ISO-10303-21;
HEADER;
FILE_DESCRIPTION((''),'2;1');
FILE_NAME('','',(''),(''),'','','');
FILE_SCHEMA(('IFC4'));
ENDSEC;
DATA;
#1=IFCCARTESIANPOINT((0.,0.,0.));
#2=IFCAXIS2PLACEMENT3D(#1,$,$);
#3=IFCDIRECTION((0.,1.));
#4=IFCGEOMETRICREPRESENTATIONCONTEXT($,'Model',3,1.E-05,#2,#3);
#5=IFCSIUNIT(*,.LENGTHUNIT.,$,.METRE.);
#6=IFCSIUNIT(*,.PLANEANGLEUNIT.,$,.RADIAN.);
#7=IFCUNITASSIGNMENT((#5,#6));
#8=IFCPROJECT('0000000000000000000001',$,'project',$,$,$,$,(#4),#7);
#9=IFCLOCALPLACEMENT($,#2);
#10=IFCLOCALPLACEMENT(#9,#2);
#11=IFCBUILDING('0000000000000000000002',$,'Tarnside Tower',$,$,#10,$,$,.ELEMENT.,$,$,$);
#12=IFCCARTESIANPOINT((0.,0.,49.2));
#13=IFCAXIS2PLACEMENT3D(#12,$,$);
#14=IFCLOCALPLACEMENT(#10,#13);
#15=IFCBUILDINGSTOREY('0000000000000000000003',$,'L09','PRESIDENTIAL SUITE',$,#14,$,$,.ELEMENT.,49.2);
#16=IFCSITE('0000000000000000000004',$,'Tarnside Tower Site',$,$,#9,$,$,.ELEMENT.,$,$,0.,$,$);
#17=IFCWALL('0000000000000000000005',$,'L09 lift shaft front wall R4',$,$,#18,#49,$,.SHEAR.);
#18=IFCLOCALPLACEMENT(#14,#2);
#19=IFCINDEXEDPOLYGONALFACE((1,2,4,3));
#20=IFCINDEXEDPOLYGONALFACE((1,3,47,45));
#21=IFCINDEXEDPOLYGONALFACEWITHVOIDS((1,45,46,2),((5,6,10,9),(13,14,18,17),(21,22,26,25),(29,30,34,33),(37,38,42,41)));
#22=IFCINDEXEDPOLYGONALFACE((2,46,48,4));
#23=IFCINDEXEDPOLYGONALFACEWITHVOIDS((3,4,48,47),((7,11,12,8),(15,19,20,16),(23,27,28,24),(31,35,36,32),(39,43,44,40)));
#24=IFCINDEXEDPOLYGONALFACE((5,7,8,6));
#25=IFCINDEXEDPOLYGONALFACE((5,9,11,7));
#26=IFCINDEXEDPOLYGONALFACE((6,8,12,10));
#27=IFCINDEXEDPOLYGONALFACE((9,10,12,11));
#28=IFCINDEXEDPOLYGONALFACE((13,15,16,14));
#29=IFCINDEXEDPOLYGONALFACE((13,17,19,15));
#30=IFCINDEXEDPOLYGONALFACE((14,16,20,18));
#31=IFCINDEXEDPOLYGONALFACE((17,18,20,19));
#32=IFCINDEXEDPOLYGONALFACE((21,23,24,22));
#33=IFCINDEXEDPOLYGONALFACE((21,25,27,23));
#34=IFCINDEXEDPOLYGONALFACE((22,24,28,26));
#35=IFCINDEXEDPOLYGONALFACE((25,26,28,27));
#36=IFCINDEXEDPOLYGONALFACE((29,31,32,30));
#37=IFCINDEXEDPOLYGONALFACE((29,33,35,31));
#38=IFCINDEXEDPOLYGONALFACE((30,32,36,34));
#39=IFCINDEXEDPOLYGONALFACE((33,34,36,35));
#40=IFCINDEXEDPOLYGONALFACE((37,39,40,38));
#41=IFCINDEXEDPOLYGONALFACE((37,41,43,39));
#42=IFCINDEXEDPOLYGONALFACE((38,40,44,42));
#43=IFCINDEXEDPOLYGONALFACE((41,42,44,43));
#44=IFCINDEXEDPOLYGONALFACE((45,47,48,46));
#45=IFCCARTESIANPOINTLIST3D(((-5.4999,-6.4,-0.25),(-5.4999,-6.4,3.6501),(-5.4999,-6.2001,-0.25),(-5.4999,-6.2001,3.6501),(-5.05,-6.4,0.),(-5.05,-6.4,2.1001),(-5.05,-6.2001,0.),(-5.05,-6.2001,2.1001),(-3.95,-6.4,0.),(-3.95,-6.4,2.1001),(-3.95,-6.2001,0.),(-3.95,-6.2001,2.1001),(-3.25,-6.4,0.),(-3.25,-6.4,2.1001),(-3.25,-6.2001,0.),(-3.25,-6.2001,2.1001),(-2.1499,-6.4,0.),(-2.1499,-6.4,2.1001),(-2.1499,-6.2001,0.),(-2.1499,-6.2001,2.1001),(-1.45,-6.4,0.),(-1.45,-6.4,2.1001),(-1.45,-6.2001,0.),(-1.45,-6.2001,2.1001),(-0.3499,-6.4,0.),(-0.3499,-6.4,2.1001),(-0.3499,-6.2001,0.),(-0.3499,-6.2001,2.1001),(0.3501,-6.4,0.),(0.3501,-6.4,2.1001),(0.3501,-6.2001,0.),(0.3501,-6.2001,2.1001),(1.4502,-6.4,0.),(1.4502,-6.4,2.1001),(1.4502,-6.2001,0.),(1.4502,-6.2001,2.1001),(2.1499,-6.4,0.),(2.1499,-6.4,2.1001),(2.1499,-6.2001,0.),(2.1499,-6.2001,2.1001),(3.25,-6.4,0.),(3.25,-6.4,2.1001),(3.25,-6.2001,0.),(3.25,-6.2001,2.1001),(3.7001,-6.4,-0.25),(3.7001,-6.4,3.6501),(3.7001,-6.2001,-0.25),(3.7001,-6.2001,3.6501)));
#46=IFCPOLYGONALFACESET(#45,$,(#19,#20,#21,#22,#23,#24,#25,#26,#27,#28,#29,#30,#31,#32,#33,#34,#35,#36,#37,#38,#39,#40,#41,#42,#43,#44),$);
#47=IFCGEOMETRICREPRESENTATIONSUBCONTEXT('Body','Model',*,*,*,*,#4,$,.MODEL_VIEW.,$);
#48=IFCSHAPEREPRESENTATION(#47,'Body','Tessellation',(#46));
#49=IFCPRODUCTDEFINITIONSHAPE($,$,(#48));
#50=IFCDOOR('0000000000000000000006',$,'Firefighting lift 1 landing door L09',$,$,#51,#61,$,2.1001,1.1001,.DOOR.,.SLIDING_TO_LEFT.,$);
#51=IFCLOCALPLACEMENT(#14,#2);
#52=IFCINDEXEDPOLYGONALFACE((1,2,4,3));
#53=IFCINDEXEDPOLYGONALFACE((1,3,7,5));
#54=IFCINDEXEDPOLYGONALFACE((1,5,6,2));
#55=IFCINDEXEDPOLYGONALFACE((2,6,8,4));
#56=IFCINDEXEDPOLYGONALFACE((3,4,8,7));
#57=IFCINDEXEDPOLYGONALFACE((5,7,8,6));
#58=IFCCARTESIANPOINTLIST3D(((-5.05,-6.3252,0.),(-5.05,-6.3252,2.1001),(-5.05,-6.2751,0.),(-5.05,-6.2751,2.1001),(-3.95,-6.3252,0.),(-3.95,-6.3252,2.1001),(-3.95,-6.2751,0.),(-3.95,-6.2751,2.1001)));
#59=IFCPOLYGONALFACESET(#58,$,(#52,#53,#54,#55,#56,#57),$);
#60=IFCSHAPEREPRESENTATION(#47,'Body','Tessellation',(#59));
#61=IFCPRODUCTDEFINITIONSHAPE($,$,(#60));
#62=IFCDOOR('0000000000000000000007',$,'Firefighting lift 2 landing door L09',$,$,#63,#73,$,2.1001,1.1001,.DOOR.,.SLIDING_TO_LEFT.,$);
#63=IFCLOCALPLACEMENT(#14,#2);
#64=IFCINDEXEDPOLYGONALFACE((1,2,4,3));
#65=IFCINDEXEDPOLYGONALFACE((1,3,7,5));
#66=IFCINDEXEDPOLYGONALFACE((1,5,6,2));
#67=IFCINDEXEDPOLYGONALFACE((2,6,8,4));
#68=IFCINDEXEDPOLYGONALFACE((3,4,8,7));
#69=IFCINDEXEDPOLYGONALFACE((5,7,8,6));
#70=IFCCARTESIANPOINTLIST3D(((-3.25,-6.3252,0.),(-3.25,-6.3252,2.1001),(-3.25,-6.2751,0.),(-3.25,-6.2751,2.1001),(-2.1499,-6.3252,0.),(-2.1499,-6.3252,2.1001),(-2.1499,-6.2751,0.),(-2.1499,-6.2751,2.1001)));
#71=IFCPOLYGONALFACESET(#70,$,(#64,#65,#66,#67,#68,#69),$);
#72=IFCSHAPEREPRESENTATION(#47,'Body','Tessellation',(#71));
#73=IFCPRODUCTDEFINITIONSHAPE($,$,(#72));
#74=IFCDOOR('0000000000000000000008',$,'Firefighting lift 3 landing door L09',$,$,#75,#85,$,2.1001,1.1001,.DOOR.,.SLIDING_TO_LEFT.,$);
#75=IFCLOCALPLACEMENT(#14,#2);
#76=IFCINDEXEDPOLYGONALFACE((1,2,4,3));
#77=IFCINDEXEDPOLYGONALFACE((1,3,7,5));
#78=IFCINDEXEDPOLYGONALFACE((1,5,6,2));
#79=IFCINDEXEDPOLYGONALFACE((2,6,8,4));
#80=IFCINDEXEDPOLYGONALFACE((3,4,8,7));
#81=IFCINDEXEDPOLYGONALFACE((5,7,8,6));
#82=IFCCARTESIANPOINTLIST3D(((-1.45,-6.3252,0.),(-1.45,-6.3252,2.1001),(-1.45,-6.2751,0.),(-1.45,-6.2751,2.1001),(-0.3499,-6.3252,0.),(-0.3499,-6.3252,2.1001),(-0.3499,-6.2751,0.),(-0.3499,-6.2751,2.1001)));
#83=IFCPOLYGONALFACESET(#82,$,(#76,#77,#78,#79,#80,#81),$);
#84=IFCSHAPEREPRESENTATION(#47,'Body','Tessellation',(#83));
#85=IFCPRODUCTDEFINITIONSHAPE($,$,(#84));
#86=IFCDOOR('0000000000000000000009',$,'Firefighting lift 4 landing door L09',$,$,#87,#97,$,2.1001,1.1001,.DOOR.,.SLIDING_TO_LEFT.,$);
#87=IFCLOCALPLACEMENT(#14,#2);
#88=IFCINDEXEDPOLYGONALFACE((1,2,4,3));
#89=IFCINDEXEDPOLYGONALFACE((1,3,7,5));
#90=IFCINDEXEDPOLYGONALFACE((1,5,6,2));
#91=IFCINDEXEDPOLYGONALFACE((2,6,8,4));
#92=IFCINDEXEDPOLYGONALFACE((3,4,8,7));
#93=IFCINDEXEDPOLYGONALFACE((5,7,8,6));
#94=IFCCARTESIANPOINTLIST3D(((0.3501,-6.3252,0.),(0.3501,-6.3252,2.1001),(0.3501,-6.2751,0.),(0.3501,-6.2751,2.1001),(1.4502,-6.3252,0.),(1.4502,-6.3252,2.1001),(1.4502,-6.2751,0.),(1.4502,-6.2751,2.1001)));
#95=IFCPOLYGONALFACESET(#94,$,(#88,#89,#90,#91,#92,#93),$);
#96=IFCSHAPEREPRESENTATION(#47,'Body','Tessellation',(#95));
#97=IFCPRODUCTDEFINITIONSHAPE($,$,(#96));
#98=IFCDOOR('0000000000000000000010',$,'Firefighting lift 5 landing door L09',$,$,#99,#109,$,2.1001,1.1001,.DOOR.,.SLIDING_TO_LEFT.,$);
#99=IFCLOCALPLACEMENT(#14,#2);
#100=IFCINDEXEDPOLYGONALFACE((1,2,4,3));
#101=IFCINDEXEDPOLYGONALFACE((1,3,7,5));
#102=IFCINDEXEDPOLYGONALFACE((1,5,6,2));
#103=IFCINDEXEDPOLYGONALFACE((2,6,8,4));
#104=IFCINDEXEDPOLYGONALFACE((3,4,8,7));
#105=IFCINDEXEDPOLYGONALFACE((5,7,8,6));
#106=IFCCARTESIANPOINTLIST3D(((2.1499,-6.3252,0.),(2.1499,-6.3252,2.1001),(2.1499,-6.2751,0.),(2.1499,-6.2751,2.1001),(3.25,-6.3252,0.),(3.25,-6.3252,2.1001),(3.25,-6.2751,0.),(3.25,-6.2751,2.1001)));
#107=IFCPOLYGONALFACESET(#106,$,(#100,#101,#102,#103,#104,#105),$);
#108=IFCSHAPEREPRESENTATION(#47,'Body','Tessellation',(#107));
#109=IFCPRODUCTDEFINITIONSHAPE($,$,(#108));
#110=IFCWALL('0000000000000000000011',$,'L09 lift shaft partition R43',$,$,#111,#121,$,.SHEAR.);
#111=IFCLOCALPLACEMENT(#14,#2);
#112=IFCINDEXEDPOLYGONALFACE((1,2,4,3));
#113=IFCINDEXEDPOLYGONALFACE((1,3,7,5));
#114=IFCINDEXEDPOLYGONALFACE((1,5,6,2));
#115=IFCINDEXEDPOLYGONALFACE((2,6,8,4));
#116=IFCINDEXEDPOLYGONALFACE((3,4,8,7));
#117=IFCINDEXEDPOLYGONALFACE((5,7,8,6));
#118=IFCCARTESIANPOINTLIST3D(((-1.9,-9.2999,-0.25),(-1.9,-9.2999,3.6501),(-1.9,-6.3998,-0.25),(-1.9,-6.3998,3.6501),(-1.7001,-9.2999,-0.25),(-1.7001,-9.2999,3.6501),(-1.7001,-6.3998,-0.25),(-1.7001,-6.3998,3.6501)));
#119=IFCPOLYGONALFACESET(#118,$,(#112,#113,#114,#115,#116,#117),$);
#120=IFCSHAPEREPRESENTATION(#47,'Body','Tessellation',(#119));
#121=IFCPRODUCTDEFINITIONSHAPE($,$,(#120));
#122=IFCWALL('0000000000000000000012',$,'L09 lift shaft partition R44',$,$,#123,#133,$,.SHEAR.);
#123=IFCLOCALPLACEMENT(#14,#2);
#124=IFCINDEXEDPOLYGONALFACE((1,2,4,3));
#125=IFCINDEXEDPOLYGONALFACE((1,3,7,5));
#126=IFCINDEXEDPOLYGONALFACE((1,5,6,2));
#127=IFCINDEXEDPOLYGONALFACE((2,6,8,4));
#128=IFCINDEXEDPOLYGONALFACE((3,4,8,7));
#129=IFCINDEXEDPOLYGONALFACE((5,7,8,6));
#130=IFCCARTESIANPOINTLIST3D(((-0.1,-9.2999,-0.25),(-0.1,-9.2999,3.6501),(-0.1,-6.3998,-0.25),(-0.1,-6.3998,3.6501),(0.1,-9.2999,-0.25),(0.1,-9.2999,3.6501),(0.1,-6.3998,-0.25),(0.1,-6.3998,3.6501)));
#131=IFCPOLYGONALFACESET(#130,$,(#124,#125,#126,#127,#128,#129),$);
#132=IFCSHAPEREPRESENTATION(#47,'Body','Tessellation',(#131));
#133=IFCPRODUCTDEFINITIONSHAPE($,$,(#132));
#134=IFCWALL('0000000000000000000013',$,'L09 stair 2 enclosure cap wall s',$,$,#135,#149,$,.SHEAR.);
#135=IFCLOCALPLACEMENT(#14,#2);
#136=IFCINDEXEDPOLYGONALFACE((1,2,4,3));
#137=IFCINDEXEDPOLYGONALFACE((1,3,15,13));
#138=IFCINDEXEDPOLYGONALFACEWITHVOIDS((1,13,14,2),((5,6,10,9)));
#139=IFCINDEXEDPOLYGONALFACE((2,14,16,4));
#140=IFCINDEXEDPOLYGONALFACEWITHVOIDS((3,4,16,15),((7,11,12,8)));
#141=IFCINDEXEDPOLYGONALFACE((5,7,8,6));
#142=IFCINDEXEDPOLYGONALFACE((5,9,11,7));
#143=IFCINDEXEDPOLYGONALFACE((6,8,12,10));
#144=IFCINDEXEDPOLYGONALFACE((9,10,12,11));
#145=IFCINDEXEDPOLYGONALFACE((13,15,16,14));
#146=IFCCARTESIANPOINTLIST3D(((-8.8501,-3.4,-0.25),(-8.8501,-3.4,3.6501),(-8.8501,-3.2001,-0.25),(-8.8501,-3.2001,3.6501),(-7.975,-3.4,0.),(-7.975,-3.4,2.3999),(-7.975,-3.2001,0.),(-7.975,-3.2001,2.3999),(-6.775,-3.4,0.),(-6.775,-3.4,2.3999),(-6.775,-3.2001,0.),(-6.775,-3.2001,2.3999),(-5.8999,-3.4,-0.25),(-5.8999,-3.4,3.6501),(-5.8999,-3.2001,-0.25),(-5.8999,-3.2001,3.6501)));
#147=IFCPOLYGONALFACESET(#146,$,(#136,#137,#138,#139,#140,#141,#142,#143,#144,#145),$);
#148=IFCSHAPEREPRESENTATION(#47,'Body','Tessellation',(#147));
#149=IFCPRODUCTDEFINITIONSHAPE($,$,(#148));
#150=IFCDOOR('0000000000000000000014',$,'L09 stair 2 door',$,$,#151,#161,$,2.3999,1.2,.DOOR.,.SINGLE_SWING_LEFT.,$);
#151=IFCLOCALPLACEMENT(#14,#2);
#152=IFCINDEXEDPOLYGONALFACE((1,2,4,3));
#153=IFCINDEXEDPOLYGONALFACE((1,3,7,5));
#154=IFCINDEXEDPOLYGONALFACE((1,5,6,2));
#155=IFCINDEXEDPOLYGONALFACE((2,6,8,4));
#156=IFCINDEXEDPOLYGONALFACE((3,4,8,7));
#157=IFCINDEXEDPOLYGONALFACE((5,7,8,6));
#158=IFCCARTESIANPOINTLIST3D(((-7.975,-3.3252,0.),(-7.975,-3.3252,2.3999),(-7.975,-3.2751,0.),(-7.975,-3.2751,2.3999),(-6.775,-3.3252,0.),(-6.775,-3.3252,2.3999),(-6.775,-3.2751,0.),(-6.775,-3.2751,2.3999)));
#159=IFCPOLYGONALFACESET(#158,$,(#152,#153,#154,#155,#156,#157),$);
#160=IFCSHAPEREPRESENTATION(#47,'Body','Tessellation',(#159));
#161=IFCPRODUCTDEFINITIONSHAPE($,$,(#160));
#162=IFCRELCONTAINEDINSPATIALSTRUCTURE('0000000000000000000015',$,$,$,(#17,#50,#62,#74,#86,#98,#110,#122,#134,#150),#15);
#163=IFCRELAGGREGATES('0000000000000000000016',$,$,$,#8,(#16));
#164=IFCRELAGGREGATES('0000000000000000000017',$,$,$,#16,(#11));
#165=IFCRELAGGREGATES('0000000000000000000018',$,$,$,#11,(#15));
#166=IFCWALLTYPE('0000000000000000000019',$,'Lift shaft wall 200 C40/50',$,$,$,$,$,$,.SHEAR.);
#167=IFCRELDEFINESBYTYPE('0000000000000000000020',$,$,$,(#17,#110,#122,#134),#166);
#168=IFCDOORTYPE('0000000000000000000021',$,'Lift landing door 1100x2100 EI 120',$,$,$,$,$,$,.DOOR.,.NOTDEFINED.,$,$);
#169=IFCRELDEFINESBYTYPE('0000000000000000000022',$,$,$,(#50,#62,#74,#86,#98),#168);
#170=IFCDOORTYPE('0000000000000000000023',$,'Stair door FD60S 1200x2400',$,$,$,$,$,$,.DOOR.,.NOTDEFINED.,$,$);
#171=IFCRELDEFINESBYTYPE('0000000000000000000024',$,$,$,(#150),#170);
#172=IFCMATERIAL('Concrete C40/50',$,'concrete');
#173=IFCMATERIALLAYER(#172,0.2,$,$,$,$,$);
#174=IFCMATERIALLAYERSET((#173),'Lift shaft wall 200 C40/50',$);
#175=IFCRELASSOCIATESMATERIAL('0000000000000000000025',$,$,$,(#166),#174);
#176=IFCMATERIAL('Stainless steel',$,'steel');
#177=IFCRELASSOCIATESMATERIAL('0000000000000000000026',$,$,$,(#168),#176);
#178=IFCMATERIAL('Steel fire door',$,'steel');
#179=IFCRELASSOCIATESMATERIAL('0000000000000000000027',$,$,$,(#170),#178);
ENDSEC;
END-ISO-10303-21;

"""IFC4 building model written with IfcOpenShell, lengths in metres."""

from ifc_helpers import new_model, si_unit, direction, frame, frame_2d, origin, place, context, subcontext, project, spatial, rectangle, extrude, material, layer, layer_set, type_object, element, fill, save


model = new_model("IFC4")

# Units and contexts
model_context = context("Model", 3, precision=1e-05, world=origin(), true_north=direction((0.0, 1.0)))
body_context = subcontext(model_context, "Body", "Model", "MODEL_VIEW")
ifc_project = project(units=[si_unit("LENGTHUNIT", "METRE"), si_unit("PLANEANGLEUNIT", "RADIAN")], contexts=[model_context])

# Site, building, storey
site_placement = place(None, origin())
site = spatial("IfcSite", under=ifc_project, at=site_placement, Name="Tarnside Tower Site", CompositionType="ELEMENT", RefElevation=0.0)
building_placement = place(site_placement, origin())
building = spatial("IfcBuilding", under=site, at=building_placement, Name="Tarnside Tower", CompositionType="ELEMENT")
storey_placement = place(building_placement, frame((0.0, 0.0, 49.2)))
storey = spatial("IfcBuildingStorey", under=building, at=storey_placement, Name="L09", Description="PRESIDENTIAL SUITE", CompositionType="ELEMENT", Elevation=49.2)

# Shared definitions
ifc_material_1 = material(Name="Concrete C40/50", Category="concrete")

# Shared definitions
ifc_material_2 = material(Name="Steel fire door", Category="steel")

# Wall, openings, doors
ifc_layer_1 = layer(ifc_material_1, 0.2)
ifc_layer_set_1 = layer_set([ifc_layer_1], Name="Lift shaft wall 200 C40/50")
wall_type_1 = type_object("IfcWallType", Name="Lift shaft wall 200 C40/50", PredefinedType="SHEAR", material=ifc_layer_set_1)
wall_1_placement = place(storey_placement, frame((-5.5, -6.3, -0.25), z_axis=(0.0, 0.0, 1.0), x_axis=(1.0, 0.0, 0.0)))
wall_1 = element("IfcWall", 1, at=wall_1_placement, inside=storey, type_object=wall_type_1, Name="L09 lift shaft front wall R4", PredefinedType="SHEAR", context=body_context, shape_type="SweptSolid", body=[
    extrude(rectangle(XDim=9.2, YDim=0.2, at=frame_2d((4.6001, 0.0))), origin(), (0.0, 0.0, 1.0), 3.9001),
])
opening_1_placement = place(wall_1_placement, frame((0.45, 0.0, 0.25)))
opening_1 = element("IfcOpeningElement", 2, at=opening_1_placement, cuts=wall_1, PredefinedType="OPENING", context=body_context, shape_type="SweptSolid", body=[
    extrude(rectangle(XDim=1.1001, YDim=2.1001, at=frame_2d((0.55, 1.05))), frame((0.0, 0.1099, 0.0), z_axis=(0.0, -1.0, 0.0), x_axis=(1.0, 0.0, 0.0)), (0.0, 0.0, 1.0), 0.22),
])
opening_2_placement = place(wall_1_placement, frame((2.25, 0.0, 0.25)))
opening_2 = element("IfcOpeningElement", 3, at=opening_2_placement, cuts=wall_1, PredefinedType="OPENING", context=body_context, shape_type="SweptSolid", body=[
    extrude(rectangle(XDim=1.1001, YDim=2.1001, at=frame_2d((0.55, 1.05))), frame((0.0, 0.1099, 0.0), z_axis=(0.0, -1.0, 0.0), x_axis=(1.0, 0.0, 0.0)), (0.0, 0.0, 1.0), 0.22),
])
opening_3_placement = place(wall_1_placement, frame((4.05, 0.0, 0.25)))
opening_3 = element("IfcOpeningElement", 4, at=opening_3_placement, cuts=wall_1, PredefinedType="OPENING", context=body_context, shape_type="SweptSolid", body=[
    extrude(rectangle(XDim=1.1001, YDim=2.1001, at=frame_2d((0.55, 1.05))), frame((0.0, 0.1099, 0.0), z_axis=(0.0, -1.0, 0.0), x_axis=(1.0, 0.0, 0.0)), (0.0, 0.0, 1.0), 0.22),
])
opening_4_placement = place(wall_1_placement, frame((5.8501, 0.0, 0.25)))
opening_4 = element("IfcOpeningElement", 5, at=opening_4_placement, cuts=wall_1, PredefinedType="OPENING", context=body_context, shape_type="SweptSolid", body=[
    extrude(rectangle(XDim=1.1001, YDim=2.1001, at=frame_2d((0.55, 1.05))), frame((0.0, 0.1099, 0.0), z_axis=(0.0, -1.0, 0.0), x_axis=(1.0, 0.0, 0.0)), (0.0, 0.0, 1.0), 0.22),
])
opening_5_placement = place(wall_1_placement, frame((7.6499, 0.0, 0.25)))
opening_5 = element("IfcOpeningElement", 6, at=opening_5_placement, cuts=wall_1, PredefinedType="OPENING", context=body_context, shape_type="SweptSolid", body=[
    extrude(rectangle(XDim=1.1001, YDim=2.1001, at=frame_2d((0.55, 1.05))), frame((0.0, 0.1099, 0.0), z_axis=(0.0, -1.0, 0.0), x_axis=(1.0, 0.0, 0.0)), (0.0, 0.0, 1.0), 0.22),
])
ifc_material_3 = material(Name="Stainless steel", Category="steel")
door_type_1 = type_object("IfcDoorType", Name="Lift landing door 1100x2100 EI 120", OperationType="NOTDEFINED", PredefinedType="DOOR", material=ifc_material_3)
door_1_placement = place(opening_1_placement, origin())
door_1 = element("IfcDoor", 7, at=door_1_placement, inside=storey, type_object=door_type_1, Name="Firefighting lift 1 landing door L09", OperationType="SLIDING_TO_LEFT", OverallHeight=2.1001, OverallWidth=1.1001, PredefinedType="DOOR", context=body_context, shape_type="SweptSolid", body=[
    extrude(rectangle(XDim=1.1001, YDim=2.1001, at=frame_2d((0.55, 1.05))), frame((0.0, 0.0249, 0.0), z_axis=(0.0, -1.0, 0.0), x_axis=(1.0, 0.0, 0.0)), (0.0, 0.0, 1.0), 0.05),
])
fill(opening_1, door_1)
door_2_placement = place(opening_2_placement, origin())
door_2 = element("IfcDoor", 8, at=door_2_placement, inside=storey, type_object=door_type_1, Name="Firefighting lift 2 landing door L09", OperationType="SLIDING_TO_LEFT", OverallHeight=2.1001, OverallWidth=1.1001, PredefinedType="DOOR", context=body_context, shape_type="SweptSolid", body=[
    extrude(rectangle(XDim=1.1001, YDim=2.1001, at=frame_2d((0.55, 1.05))), frame((0.0, 0.0249, 0.0), z_axis=(0.0, -1.0, 0.0), x_axis=(1.0, 0.0, 0.0)), (0.0, 0.0, 1.0), 0.05),
])
fill(opening_2, door_2)
door_3_placement = place(opening_3_placement, origin())
door_3 = element("IfcDoor", 9, at=door_3_placement, inside=storey, type_object=door_type_1, Name="Firefighting lift 3 landing door L09", OperationType="SLIDING_TO_LEFT", OverallHeight=2.1001, OverallWidth=1.1001, PredefinedType="DOOR", context=body_context, shape_type="SweptSolid", body=[
    extrude(rectangle(XDim=1.1001, YDim=2.1001, at=frame_2d((0.55, 1.05))), frame((0.0, 0.0249, 0.0), z_axis=(0.0, -1.0, 0.0), x_axis=(1.0, 0.0, 0.0)), (0.0, 0.0, 1.0), 0.05),
])
fill(opening_3, door_3)
door_4_placement = place(opening_4_placement, origin())
door_4 = element("IfcDoor", 10, at=door_4_placement, inside=storey, type_object=door_type_1, Name="Firefighting lift 4 landing door L09", OperationType="SLIDING_TO_LEFT", OverallHeight=2.1001, OverallWidth=1.1001, PredefinedType="DOOR", context=body_context, shape_type="SweptSolid", body=[
    extrude(rectangle(XDim=1.1001, YDim=2.1001, at=frame_2d((0.55, 1.05))), frame((0.0, 0.0249, 0.0), z_axis=(0.0, -1.0, 0.0), x_axis=(1.0, 0.0, 0.0)), (0.0, 0.0, 1.0), 0.05),
])
fill(opening_4, door_4)
door_5_placement = place(opening_5_placement, origin())
door_5 = element("IfcDoor", 11, at=door_5_placement, inside=storey, type_object=door_type_1, Name="Firefighting lift 5 landing door L09", OperationType="SLIDING_TO_LEFT", OverallHeight=2.1001, OverallWidth=1.1001, PredefinedType="DOOR", context=body_context, shape_type="SweptSolid", body=[
    extrude(rectangle(XDim=1.1001, YDim=2.1001, at=frame_2d((0.55, 1.05))), frame((0.0, 0.0249, 0.0), z_axis=(0.0, -1.0, 0.0), x_axis=(1.0, 0.0, 0.0)), (0.0, 0.0, 1.0), 0.05),
])
fill(opening_5, door_5)

# Walls
for number, where, z_axis, x_axis, name in (
    (12, (-1.8, -9.3, -0.25), (0.0, 0.0, 1.0), (0.0, 1.0, 0.0), "L09 lift shaft partition R43"),
    (13, (0.0, -9.3, -0.25), (0.0, 0.0, 1.0), (0.0, 1.0, 0.0), "L09 lift shaft partition R44"),
):
    element("IfcWall", number, at=place(storey_placement, frame(where, z_axis=z_axis, x_axis=x_axis)), inside=storey, type_object=wall_type_1, Name=name, PredefinedType="SHEAR", context=body_context, shape_type="SweptSolid", body=[
        extrude(rectangle(XDim=2.9001, YDim=0.2, at=frame_2d((1.4502, 0.0))), origin(), (0.0, 0.0, 1.0), 3.9001),
    ])

# Wall, opening, door
wall_2_placement = place(storey_placement, frame((-8.8501, -3.3, -0.25), z_axis=(0.0, 0.0, 1.0), x_axis=(1.0, 0.0, 0.0)))
wall_2 = element("IfcWall", 14, at=wall_2_placement, inside=storey, type_object=wall_type_1, Name="L09 stair 2 enclosure cap wall s", PredefinedType="SHEAR", context=body_context, shape_type="SweptSolid", body=[
    extrude(rectangle(XDim=2.9502, YDim=0.2, at=frame_2d((1.4751, 0.0))), origin(), (0.0, 0.0, 1.0), 3.9001),
])
opening_6_placement = place(wall_2_placement, frame((0.875, 0.0, 0.25)))
opening_6 = element("IfcOpeningElement", 15, at=opening_6_placement, cuts=wall_2, PredefinedType="OPENING", context=body_context, shape_type="SweptSolid", body=[
    extrude(rectangle(XDim=1.2, YDim=2.3999, at=frame_2d((0.6001, 1.2))), frame((0.0, 0.1099, 0.0), z_axis=(0.0, -1.0, 0.0), x_axis=(1.0, 0.0, 0.0)), (0.0, 0.0, 1.0), 0.22),
])
door_type_2 = type_object("IfcDoorType", Name="Stair door FD60S 1200x2400", OperationType="NOTDEFINED", PredefinedType="DOOR", material=ifc_material_2)
door_6_placement = place(opening_6_placement, origin())
door_6 = element("IfcDoor", 16, at=door_6_placement, inside=storey, type_object=door_type_2, Name="L09 stair 2 door", OperationType="SINGLE_SWING_LEFT", OverallHeight=2.3999, OverallWidth=1.2, PredefinedType="DOOR", context=body_context, shape_type="SweptSolid", body=[
    extrude(rectangle(XDim=1.2, YDim=2.3999, at=frame_2d((0.6001, 1.2))), frame((0.0, 0.0249, 0.0), z_axis=(0.0, -1.0, 0.0), x_axis=(1.0, 0.0, 0.0)), (0.0, 0.0, 1.0), 0.05),
])
fill(opening_6, door_6)

save(model, "model.ifc")
